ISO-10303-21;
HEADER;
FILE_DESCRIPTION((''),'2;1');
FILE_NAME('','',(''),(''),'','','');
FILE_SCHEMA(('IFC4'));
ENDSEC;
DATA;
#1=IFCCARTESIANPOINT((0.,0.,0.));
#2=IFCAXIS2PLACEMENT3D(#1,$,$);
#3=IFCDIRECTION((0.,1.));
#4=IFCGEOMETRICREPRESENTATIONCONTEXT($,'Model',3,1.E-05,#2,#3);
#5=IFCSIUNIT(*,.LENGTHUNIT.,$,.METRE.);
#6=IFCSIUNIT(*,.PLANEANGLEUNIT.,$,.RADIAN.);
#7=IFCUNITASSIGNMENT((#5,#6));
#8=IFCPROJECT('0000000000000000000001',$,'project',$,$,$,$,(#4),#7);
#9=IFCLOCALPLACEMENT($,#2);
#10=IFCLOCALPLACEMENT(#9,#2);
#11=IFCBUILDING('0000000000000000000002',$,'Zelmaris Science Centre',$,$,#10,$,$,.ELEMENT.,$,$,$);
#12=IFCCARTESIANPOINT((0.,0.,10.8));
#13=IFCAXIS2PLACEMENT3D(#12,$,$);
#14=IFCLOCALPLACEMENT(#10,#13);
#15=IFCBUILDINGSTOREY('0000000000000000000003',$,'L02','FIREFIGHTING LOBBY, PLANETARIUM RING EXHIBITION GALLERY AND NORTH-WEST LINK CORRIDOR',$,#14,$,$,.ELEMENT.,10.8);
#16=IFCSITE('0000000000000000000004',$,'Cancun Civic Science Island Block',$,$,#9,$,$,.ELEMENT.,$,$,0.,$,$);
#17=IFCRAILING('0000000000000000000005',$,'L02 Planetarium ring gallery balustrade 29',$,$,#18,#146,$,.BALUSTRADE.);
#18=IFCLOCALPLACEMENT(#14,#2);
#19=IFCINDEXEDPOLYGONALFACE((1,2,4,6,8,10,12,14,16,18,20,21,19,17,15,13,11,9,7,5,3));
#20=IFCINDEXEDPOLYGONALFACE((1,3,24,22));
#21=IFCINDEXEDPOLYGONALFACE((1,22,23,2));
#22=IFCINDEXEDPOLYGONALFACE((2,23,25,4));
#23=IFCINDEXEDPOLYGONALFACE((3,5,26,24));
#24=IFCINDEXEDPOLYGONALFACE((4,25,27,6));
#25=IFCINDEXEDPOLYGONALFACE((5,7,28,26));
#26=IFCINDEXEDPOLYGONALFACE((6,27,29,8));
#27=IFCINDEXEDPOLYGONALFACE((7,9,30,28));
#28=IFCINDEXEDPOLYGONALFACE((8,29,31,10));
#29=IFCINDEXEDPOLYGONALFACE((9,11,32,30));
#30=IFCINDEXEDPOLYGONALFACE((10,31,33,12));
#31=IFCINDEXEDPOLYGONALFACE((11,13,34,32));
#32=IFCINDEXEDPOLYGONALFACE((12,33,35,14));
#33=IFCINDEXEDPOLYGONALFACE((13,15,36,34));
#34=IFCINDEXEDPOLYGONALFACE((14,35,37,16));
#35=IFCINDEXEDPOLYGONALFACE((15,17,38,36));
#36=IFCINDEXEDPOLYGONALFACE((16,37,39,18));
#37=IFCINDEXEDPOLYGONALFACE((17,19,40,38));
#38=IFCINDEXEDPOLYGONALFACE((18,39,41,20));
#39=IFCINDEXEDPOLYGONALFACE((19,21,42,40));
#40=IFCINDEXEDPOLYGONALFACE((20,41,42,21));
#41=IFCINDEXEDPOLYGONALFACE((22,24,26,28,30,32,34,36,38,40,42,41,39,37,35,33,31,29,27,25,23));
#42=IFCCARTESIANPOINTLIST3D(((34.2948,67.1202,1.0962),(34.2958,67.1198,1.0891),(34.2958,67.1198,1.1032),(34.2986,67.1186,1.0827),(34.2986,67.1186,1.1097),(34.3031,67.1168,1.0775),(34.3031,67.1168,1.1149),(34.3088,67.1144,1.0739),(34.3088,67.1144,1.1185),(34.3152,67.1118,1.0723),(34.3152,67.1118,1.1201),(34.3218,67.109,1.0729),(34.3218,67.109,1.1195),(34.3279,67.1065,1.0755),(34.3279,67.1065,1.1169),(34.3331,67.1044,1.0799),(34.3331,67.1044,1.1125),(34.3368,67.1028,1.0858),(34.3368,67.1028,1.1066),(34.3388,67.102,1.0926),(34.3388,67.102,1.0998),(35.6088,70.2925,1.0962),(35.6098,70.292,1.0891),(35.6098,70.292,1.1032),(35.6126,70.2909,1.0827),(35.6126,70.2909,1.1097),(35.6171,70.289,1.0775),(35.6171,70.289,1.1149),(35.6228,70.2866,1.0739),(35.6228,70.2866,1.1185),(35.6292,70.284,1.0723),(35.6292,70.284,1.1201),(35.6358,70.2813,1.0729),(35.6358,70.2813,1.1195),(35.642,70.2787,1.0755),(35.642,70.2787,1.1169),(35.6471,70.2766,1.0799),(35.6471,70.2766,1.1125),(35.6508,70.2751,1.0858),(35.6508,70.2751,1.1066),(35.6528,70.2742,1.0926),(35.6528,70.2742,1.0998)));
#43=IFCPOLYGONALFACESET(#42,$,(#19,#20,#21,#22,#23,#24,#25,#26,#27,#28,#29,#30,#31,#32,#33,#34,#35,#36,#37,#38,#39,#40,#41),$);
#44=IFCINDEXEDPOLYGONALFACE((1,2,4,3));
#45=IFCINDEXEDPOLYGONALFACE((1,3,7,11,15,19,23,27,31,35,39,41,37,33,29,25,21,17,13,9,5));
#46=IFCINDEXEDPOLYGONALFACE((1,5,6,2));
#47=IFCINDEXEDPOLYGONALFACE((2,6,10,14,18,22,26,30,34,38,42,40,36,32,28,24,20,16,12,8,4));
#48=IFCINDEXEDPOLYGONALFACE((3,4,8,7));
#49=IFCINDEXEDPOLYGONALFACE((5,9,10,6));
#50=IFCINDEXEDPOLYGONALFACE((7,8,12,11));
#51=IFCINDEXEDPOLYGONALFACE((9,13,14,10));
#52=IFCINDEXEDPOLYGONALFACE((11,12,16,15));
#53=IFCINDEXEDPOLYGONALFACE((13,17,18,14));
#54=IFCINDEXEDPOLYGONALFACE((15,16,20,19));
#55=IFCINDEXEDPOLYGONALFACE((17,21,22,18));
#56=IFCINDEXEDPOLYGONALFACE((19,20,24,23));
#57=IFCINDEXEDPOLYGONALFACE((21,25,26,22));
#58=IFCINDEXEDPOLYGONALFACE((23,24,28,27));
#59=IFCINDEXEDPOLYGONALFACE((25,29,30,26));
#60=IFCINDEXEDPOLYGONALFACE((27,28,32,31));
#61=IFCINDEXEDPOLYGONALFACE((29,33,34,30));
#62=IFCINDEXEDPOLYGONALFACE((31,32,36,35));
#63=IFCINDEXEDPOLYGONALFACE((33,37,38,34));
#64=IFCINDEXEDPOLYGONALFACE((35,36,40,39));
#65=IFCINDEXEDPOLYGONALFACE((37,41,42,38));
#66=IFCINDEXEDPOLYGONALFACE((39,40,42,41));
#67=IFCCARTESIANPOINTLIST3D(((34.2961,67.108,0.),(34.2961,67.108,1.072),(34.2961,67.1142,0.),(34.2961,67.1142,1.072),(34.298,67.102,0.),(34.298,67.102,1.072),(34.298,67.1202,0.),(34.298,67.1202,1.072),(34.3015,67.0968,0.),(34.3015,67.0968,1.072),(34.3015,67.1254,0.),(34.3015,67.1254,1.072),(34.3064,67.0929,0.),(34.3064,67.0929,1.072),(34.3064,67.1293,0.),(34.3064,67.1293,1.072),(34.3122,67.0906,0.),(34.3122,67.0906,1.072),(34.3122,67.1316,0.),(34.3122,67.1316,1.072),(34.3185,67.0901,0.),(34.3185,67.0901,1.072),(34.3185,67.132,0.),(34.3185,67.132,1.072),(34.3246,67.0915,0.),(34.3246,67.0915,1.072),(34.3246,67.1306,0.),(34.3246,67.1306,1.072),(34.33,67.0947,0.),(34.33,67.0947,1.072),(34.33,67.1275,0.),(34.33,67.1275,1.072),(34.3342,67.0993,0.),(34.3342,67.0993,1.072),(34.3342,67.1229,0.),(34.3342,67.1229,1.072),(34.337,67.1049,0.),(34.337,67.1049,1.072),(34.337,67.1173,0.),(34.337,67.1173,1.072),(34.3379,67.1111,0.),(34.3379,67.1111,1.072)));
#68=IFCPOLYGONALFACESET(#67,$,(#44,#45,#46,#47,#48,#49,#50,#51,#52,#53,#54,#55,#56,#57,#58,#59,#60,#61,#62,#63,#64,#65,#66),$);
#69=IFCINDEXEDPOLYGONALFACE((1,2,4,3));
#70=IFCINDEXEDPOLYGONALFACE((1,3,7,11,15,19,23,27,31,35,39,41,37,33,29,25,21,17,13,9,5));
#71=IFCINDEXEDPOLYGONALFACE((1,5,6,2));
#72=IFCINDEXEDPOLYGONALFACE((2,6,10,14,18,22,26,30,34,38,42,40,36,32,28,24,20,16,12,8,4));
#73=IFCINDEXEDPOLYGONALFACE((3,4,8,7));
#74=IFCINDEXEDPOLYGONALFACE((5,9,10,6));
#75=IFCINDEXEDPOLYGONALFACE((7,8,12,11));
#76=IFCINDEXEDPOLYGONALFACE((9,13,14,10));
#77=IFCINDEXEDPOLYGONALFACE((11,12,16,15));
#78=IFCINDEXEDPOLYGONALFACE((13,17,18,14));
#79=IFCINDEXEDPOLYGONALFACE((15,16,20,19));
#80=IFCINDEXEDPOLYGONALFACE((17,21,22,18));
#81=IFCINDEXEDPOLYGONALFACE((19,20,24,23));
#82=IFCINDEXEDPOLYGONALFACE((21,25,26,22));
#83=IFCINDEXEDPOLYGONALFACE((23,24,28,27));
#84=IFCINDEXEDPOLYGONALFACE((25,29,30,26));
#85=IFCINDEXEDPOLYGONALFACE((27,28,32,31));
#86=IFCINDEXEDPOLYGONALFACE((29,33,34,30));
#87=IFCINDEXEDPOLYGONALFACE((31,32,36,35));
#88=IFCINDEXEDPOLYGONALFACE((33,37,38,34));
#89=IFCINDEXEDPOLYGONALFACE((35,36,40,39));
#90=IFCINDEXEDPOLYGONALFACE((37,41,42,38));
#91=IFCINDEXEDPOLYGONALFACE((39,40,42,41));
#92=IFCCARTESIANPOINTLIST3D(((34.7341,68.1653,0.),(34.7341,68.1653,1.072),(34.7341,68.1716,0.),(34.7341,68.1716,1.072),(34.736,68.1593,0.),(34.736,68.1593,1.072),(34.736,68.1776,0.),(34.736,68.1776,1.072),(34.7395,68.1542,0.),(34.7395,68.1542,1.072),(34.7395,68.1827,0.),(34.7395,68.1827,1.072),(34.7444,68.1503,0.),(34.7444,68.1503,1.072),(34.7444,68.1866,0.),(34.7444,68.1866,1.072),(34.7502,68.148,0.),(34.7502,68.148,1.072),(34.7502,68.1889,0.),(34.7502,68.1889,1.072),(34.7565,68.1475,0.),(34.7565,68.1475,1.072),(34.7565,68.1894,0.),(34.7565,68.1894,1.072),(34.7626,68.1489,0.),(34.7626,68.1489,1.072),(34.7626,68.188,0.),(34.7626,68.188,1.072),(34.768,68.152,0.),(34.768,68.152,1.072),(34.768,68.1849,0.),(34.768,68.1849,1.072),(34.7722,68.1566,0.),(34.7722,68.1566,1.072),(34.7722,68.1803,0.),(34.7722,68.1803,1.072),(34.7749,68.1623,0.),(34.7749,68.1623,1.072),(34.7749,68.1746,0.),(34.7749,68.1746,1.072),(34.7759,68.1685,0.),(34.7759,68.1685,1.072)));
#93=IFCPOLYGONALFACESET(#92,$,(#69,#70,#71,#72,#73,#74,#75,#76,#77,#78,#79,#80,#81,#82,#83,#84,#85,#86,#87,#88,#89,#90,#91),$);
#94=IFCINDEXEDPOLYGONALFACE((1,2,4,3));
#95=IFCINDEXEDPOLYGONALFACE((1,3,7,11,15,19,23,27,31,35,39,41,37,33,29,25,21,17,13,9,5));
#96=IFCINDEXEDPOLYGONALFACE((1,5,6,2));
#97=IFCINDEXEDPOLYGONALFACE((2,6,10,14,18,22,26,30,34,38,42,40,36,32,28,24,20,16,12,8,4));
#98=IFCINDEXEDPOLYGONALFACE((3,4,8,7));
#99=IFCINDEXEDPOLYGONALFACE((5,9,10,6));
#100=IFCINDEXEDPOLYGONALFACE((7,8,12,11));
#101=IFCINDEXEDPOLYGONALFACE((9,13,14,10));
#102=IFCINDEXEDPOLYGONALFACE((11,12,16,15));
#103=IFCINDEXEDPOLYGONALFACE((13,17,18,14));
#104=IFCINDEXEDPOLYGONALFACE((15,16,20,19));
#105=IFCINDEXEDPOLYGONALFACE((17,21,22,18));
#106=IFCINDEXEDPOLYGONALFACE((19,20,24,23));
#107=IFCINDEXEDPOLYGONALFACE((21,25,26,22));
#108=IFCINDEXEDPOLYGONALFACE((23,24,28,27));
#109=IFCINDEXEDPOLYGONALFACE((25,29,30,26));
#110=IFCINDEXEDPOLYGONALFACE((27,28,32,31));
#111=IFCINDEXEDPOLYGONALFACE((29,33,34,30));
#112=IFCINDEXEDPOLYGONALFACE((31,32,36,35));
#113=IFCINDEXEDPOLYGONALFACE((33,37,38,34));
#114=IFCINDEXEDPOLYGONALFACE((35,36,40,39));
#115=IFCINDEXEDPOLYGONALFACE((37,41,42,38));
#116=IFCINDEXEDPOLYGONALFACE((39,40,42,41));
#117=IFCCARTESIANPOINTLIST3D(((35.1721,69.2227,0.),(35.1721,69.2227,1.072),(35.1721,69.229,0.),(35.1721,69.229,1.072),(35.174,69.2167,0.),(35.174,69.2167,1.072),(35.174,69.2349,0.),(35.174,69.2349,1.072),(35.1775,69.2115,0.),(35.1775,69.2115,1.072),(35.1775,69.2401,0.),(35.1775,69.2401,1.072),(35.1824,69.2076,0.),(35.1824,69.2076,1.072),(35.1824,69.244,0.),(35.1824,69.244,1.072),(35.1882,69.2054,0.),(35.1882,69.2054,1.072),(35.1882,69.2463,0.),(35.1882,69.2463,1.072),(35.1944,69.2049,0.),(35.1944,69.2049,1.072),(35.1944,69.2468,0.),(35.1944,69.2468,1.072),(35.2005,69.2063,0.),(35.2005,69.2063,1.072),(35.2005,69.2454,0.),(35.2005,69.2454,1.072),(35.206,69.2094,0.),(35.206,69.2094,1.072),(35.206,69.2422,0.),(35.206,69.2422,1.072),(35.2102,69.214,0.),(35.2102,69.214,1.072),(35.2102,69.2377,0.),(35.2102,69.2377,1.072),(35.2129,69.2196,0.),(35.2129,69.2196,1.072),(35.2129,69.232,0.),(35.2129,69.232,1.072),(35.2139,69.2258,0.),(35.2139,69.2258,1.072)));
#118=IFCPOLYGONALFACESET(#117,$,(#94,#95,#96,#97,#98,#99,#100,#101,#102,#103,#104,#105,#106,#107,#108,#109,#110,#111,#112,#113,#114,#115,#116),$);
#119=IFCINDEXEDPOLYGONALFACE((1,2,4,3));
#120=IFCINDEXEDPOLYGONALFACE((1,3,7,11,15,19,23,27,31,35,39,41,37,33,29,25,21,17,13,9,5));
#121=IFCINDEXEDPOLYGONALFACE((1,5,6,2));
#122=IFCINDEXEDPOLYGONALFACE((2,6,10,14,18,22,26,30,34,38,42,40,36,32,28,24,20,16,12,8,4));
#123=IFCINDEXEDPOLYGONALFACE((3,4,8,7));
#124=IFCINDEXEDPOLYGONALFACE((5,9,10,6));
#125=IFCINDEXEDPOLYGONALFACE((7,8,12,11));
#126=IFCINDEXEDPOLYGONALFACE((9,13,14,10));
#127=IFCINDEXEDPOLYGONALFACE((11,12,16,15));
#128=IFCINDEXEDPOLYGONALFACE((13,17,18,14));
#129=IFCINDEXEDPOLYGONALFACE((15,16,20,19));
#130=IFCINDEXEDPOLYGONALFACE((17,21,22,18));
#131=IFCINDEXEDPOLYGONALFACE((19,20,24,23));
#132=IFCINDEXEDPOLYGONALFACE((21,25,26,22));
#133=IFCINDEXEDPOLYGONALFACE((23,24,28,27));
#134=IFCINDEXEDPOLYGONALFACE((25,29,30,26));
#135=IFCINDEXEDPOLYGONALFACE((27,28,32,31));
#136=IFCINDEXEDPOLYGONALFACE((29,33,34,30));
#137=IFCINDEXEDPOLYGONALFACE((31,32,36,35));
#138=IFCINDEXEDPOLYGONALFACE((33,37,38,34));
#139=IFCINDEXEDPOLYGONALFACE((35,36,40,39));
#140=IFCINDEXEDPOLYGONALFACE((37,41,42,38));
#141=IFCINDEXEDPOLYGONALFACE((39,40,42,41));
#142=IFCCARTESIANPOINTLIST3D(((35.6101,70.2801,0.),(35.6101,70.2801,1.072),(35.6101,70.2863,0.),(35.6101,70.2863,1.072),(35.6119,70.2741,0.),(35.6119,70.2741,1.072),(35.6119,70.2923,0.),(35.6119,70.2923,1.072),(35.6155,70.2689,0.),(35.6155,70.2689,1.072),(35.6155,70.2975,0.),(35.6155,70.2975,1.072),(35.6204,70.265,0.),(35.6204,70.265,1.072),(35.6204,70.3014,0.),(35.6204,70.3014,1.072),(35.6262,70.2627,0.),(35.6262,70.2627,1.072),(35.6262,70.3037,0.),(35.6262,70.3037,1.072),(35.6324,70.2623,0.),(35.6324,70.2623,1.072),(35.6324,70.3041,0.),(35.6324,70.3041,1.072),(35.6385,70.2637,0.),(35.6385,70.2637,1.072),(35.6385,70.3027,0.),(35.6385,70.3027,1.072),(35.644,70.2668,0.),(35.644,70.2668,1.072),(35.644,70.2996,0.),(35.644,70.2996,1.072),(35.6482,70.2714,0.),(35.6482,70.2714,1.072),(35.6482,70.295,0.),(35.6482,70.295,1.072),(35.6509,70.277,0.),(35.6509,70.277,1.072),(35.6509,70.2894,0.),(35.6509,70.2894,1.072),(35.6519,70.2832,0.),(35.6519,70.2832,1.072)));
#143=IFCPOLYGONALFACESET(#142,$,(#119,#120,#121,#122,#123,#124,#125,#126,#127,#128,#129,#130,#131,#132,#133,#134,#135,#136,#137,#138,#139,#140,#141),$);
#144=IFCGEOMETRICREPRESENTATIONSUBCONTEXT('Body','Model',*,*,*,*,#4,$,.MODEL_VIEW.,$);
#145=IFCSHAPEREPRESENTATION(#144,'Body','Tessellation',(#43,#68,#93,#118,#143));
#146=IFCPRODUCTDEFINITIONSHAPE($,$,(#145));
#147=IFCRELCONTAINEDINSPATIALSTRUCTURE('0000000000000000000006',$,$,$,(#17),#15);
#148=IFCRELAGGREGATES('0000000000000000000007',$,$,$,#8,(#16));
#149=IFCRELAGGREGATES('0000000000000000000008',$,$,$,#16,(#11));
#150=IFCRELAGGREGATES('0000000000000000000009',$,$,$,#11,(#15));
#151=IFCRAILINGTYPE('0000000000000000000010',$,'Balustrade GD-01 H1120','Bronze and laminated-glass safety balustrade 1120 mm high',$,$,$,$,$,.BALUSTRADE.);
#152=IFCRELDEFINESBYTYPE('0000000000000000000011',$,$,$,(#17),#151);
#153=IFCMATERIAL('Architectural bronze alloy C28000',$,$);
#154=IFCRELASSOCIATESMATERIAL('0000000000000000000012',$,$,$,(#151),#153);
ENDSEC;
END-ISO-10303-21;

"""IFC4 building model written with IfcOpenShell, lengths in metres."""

from ifc_helpers import new_model, si_unit, direction, frame, origin, origin_2d, place, context, subcontext, project, spatial, circle, extrude, material, type_object, element, save


model = new_model("IFC4")

# Units and contexts
model_context = context("Model", 3, precision=1e-05, world=origin(), true_north=direction((0.0, 1.0)))
body_context = subcontext(model_context, "Body", "Model", "MODEL_VIEW")
ifc_project = project(units=[si_unit("LENGTHUNIT", "METRE"), si_unit("PLANEANGLEUNIT", "RADIAN")], contexts=[model_context])

# Site, building, storey
site_placement = place(None, origin())
site = spatial("IfcSite", under=ifc_project, at=site_placement, Name="Cancun Civic Science Island Block", CompositionType="ELEMENT", RefElevation=0.0)
building_placement = place(site_placement, origin())
building = spatial("IfcBuilding", under=site, at=building_placement, Name="Zelmaris Science Centre", CompositionType="ELEMENT")
storey_placement = place(building_placement, frame((0.0, 0.0, 10.8)))
storey = spatial("IfcBuildingStorey", under=building, at=storey_placement, Name="L02", Description="FIREFIGHTING LOBBY, PLANETARIUM RING EXHIBITION GALLERY AND NORTH-WEST LINK CORRIDOR", CompositionType="ELEMENT", Elevation=10.8)

# Railing
ifc_material_1 = material(Name="Architectural bronze alloy C28000")
railing_type = type_object("IfcRailingType", Name="Balustrade GD-01 H1120", Description="Bronze and laminated-glass safety balustrade 1120 mm high", PredefinedType="BALUSTRADE", material=ifc_material_1)
railing_1_placement = place(storey_placement, frame((34.3169, 67.1111, 0.0)))
element("IfcRailing", 1, at=railing_1_placement, inside=storey, type_object=railing_type, Name="L02 Planetarium ring gallery balustrade 29", PredefinedType="BALUSTRADE", context=body_context, shape_type="SweptSolid", body=[
    extrude(circle(Radius=0.0239, at=origin_2d()), frame((0.0, 0.0, 1.0962), z_axis=(0.382691, 0.923876, 0.0), x_axis=(-0.923876, 0.382691, 0.0)), (0.0, 0.0, 1.0), 3.4336),
    extrude(circle(Radius=0.021, at=origin_2d()), origin(), (0.0, 0.0, 1.0), 1.072),
    extrude(circle(Radius=0.021, at=origin_2d()), frame((0.438, 1.0574, 0.0)), (0.0, 0.0, 1.0), 1.072),
    extrude(circle(Radius=0.021, at=origin_2d()), frame((0.876, 2.1147, 0.0)), (0.0, 0.0, 1.0), 1.072),
    extrude(circle(Radius=0.021, at=origin_2d()), frame((1.314, 3.1721, 0.0)), (0.0, 0.0, 1.0), 1.072),
])

save(model, "model.ifc")
